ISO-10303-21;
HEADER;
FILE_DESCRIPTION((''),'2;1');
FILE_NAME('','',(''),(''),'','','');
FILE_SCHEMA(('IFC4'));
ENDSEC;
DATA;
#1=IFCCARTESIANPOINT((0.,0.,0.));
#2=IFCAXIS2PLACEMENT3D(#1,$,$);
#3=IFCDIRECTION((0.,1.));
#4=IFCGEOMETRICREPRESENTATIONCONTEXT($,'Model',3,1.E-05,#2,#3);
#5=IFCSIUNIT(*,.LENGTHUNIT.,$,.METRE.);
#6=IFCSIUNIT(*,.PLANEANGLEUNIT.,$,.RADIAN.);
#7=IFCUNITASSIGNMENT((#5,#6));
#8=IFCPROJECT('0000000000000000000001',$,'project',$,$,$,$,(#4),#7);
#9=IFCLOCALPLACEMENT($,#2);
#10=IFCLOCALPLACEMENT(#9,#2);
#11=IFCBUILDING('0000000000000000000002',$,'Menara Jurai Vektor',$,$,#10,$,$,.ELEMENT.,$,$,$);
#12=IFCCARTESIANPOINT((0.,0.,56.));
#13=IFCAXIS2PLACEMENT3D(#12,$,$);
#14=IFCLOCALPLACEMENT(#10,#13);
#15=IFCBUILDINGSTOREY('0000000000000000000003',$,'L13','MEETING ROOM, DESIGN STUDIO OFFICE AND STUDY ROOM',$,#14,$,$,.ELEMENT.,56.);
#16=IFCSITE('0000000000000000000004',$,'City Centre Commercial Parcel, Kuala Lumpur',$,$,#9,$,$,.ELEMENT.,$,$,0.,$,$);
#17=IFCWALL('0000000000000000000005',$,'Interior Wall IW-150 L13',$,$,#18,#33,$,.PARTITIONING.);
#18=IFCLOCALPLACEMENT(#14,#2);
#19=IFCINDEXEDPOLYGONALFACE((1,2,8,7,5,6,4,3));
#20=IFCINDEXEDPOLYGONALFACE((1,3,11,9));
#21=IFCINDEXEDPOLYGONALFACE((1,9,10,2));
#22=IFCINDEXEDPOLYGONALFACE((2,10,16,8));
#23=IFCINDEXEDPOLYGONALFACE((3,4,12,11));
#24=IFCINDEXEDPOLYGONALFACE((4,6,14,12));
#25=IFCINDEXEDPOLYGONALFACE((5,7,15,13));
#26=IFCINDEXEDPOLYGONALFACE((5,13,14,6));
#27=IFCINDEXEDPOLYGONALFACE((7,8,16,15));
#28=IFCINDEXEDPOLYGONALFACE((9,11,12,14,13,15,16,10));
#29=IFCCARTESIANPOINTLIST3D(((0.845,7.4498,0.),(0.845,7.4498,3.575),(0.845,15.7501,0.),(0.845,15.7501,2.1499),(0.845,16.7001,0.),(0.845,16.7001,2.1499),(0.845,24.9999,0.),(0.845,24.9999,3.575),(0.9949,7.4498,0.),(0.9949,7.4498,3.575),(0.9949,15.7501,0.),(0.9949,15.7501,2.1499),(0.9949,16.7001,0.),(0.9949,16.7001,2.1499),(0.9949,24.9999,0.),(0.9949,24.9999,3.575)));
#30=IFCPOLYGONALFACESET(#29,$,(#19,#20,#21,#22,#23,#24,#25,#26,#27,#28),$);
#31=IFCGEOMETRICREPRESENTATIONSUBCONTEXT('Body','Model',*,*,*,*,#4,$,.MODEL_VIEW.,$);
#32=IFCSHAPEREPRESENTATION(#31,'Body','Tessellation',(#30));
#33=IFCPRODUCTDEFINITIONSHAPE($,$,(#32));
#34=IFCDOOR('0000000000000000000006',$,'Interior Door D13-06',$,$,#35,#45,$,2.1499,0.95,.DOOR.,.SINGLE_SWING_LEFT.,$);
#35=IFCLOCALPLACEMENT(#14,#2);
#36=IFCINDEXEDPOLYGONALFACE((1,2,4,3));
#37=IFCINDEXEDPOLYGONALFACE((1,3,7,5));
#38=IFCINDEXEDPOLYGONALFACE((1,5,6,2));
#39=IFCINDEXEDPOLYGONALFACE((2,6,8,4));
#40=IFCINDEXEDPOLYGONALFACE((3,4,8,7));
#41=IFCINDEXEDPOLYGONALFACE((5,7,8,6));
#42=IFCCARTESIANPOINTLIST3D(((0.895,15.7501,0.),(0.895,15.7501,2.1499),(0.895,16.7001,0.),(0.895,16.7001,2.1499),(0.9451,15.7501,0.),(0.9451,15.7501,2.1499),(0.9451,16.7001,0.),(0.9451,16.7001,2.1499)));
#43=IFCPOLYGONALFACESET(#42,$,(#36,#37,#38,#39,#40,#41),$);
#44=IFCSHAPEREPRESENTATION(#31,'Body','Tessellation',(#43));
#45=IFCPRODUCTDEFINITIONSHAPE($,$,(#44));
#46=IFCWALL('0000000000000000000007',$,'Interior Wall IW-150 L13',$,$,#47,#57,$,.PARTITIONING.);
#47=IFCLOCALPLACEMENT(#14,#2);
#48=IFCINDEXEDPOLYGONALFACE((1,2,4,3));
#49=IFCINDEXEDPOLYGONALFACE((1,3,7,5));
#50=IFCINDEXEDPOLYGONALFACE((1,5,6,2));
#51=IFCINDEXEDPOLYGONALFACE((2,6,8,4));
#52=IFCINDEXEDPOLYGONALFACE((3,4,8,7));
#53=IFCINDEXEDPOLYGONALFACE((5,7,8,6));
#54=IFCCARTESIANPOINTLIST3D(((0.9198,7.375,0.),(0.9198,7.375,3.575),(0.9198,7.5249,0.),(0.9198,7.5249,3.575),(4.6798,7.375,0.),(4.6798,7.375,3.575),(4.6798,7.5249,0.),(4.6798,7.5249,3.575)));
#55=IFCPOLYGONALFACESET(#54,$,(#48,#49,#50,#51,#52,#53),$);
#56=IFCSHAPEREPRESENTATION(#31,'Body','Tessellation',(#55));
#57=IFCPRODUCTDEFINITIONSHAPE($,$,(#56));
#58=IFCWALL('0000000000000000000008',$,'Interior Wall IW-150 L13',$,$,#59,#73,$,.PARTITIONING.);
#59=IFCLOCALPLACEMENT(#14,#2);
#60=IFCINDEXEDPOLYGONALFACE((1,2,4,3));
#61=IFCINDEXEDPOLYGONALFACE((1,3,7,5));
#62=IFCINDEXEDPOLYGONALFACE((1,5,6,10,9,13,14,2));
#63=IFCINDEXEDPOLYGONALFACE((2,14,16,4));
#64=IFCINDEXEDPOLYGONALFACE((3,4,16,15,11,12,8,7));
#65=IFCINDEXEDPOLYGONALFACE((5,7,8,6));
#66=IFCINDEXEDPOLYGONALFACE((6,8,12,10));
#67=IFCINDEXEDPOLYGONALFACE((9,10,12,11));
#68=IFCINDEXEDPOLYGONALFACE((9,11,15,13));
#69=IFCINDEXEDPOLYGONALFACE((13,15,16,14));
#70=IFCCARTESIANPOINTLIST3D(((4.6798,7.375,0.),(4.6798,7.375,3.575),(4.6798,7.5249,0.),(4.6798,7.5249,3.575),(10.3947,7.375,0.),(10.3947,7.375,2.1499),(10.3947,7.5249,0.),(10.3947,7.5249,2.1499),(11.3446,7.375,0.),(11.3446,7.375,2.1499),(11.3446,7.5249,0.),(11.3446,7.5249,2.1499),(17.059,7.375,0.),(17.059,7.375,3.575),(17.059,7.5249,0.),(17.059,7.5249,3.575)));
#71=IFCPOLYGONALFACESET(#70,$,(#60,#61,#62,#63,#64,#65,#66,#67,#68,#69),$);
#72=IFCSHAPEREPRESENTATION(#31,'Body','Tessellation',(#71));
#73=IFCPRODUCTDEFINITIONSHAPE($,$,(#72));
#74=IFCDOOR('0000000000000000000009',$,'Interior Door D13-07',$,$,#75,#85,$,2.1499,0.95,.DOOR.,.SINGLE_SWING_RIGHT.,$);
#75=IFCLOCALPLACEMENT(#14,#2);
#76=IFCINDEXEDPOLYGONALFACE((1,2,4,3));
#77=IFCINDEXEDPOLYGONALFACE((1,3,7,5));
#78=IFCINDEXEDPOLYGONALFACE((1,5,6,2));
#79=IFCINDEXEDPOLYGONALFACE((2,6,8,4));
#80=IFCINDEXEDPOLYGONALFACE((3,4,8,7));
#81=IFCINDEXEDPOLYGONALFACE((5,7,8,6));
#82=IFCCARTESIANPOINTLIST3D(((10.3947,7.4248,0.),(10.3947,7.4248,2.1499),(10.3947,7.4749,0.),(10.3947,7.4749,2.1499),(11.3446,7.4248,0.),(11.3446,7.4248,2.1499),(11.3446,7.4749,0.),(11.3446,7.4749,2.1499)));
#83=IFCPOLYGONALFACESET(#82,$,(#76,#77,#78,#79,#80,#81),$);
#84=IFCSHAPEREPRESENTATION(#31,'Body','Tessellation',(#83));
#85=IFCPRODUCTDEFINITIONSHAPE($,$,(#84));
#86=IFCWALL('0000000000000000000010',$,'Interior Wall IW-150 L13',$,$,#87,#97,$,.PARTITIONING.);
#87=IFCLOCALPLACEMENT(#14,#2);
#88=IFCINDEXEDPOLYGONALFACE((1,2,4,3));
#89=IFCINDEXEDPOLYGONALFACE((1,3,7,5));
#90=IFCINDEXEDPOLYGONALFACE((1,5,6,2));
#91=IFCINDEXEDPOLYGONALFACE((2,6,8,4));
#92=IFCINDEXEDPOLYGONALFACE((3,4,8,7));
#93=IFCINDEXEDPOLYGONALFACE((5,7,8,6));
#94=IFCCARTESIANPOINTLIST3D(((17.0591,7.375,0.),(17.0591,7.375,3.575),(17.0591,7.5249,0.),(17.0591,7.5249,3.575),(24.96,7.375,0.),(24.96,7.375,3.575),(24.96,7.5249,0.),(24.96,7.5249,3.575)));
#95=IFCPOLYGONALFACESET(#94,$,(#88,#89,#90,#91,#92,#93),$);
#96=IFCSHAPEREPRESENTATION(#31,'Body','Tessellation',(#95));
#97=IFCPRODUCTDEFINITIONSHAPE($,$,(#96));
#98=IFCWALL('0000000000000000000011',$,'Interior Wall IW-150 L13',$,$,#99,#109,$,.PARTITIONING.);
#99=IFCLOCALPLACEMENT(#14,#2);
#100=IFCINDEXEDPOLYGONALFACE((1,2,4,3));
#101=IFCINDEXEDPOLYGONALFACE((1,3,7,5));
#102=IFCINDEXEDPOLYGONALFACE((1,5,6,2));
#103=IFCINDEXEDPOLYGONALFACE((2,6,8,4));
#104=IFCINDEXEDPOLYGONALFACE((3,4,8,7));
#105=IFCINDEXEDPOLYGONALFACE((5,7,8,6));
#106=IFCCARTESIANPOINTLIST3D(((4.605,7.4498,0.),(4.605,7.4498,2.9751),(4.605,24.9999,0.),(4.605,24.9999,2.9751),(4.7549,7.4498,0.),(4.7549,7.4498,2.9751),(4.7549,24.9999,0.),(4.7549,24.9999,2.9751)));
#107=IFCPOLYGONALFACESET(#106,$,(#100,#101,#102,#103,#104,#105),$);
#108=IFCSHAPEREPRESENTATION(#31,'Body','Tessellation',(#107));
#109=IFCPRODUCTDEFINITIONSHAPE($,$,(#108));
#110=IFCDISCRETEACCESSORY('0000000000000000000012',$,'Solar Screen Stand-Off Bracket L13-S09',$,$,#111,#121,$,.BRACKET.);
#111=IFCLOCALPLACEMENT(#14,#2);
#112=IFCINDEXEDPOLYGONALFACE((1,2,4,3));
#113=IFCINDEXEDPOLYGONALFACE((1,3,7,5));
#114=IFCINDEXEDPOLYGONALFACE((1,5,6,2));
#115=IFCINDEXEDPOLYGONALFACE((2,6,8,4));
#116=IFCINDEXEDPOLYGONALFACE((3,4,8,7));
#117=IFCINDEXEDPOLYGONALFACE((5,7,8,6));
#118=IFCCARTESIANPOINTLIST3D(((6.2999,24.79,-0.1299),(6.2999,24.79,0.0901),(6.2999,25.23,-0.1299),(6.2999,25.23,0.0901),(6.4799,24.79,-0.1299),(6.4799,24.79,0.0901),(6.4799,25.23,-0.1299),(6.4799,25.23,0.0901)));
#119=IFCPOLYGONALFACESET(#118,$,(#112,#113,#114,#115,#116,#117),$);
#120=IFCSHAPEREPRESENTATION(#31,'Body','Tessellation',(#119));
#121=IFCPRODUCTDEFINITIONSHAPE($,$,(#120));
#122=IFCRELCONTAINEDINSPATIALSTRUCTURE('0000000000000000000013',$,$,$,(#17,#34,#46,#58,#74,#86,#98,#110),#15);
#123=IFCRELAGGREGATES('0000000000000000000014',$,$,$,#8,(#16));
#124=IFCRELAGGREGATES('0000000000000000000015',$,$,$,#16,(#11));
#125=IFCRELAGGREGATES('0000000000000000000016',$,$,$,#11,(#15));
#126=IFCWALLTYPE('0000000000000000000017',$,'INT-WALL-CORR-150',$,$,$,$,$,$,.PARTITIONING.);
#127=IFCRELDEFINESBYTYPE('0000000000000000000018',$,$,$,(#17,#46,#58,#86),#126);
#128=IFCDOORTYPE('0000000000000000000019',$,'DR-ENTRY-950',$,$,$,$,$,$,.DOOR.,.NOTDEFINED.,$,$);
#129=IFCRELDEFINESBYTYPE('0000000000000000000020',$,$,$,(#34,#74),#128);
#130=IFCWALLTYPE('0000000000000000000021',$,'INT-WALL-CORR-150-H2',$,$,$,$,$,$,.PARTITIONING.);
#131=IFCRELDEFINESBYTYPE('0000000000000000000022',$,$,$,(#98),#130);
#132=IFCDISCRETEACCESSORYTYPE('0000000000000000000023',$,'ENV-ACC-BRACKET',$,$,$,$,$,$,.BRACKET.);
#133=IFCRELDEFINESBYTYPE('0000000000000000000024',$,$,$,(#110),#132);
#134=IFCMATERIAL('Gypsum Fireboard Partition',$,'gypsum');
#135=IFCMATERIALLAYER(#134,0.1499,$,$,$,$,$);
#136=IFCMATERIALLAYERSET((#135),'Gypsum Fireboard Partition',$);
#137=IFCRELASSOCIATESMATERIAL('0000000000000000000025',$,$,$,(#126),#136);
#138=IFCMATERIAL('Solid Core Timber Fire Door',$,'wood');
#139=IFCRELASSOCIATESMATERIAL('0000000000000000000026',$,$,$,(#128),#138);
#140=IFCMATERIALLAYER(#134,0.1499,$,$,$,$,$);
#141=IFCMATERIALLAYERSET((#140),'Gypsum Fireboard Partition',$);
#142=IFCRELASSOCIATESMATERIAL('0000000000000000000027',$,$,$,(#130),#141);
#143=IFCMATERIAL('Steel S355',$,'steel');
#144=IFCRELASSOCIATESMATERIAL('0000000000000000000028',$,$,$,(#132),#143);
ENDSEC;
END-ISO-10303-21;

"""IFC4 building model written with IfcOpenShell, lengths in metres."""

from ifc_helpers import new_model, si_unit, direction, frame, frame_2d, origin, origin_2d, place, context, subcontext, project, spatial, rectangle, extrude, material, layer, layer_set, type_object, element, fill, save


model = new_model("IFC4")

# Units and contexts
model_context = context("Model", 3, precision=1e-05, world=origin(), true_north=direction((0.0, 1.0)))
body_context = subcontext(model_context, "Body", "Model", "MODEL_VIEW")
ifc_project = project(units=[si_unit("LENGTHUNIT", "METRE"), si_unit("PLANEANGLEUNIT", "RADIAN")], contexts=[model_context])

# Site, building, storey
site_placement = place(None, origin())
site = spatial("IfcSite", under=ifc_project, at=site_placement, Name="City Centre Commercial Parcel, Kuala Lumpur", CompositionType="ELEMENT", RefElevation=0.0)
building_placement = place(site_placement, origin())
building = spatial("IfcBuilding", under=site, at=building_placement, Name="Menara Jurai Vektor", CompositionType="ELEMENT")
storey_placement = place(building_placement, frame((0.0, 0.0, 56.0)))
storey = spatial("IfcBuildingStorey", under=building, at=storey_placement, Name="L13", Description="MEETING ROOM, DESIGN STUDIO OFFICE AND STUDY ROOM", CompositionType="ELEMENT", Elevation=56.0)

# Shared definitions
ifc_material_1 = material(Name="Steel S355", Category="steel")

# Wall, opening, door
ifc_material_2 = material(Name="Gypsum Fireboard Partition", Category="gypsum")
ifc_layer_1 = layer(ifc_material_2, 0.1499)
ifc_layer_set_1 = layer_set([ifc_layer_1], Name="Gypsum Fireboard Partition")
wall_type_1 = type_object("IfcWallType", Name="INT-WALL-CORR-150", PredefinedType="PARTITIONING", material=ifc_layer_set_1)
wall_1_placement = place(storey_placement, frame((0.9199, 7.45, 0.0), z_axis=(0.0, 0.0, 1.0), x_axis=(0.0, 1.0, 0.0)))
wall_1 = element("IfcWall", 1, at=wall_1_placement, inside=storey, type_object=wall_type_1, Name="Interior Wall IW-150 L13", PredefinedType="PARTITIONING", context=body_context, shape_type="SweptSolid", body=[
    extrude(rectangle(XDim=17.55, YDim=0.1499, at=frame_2d((8.7749, 0.0))), origin(), (0.0, 0.0, 1.0), 3.575),
])
opening_1_placement = place(wall_1_placement, frame((8.3, 0.0, 0.0)))
opening_1 = element("IfcOpeningElement", 2, at=opening_1_placement, cuts=wall_1, PredefinedType="OPENING", context=body_context, shape_type="SweptSolid", body=[
    extrude(rectangle(XDim=0.95, YDim=2.1499, at=frame_2d((0.4751, 1.075))), frame((0.0, 0.085, 0.0), z_axis=(0.0, -1.0, 0.0), x_axis=(1.0, 0.0, 0.0)), (0.0, 0.0, 1.0), 0.1699),
])
ifc_material_3 = material(Name="Solid Core Timber Fire Door", Category="wood")
door_type = type_object("IfcDoorType", Name="DR-ENTRY-950", OperationType="NOTDEFINED", PredefinedType="DOOR", material=ifc_material_3)
door_1_placement = place(opening_1_placement, origin())
door_1 = element("IfcDoor", 3, at=door_1_placement, inside=storey, type_object=door_type, Name="Interior Door D13-06", OperationType="SINGLE_SWING_LEFT", OverallHeight=2.1499, OverallWidth=0.95, PredefinedType="DOOR", context=body_context, shape_type="SweptSolid", body=[
    extrude(rectangle(XDim=0.95, YDim=2.1499, at=frame_2d((0.4751, 1.075))), frame((0.0, 0.0249, 0.0), z_axis=(0.0, -1.0, 0.0), x_axis=(1.0, 0.0, 0.0)), (0.0, 0.0, 1.0), 0.05),
])
fill(opening_1, door_1)

# Wall
wall_2_placement = place(storey_placement, frame((0.9199, 7.45, 0.0), z_axis=(0.0, 0.0, 1.0), x_axis=(1.0, 0.0, 0.0)))
element("IfcWall", 4, at=wall_2_placement, inside=storey, type_object=wall_type_1, Name="Interior Wall IW-150 L13", PredefinedType="PARTITIONING", context=body_context, shape_type="SweptSolid", body=[
    extrude(rectangle(XDim=3.76, YDim=0.1499, at=frame_2d((1.8799, 0.0))), origin(), (0.0, 0.0, 1.0), 3.575),
])

# Wall, opening, door
wall_3_placement = place(storey_placement, frame((4.6799, 7.45, 0.0), z_axis=(0.0, 0.0, 1.0), x_axis=(1.0, 0.0, 0.0)))
wall_3 = element("IfcWall", 5, at=wall_3_placement, inside=storey, type_object=wall_type_1, Name="Interior Wall IW-150 L13", PredefinedType="PARTITIONING", context=body_context, shape_type="SweptSolid", body=[
    extrude(rectangle(XDim=12.3792, YDim=0.1499, at=frame_2d((6.1895, 0.0))), origin(), (0.0, 0.0, 1.0), 3.575),
])
opening_2_placement = place(wall_3_placement, frame((5.7146, 0.0, 0.0)))
opening_2 = element("IfcOpeningElement", 6, at=opening_2_placement, cuts=wall_3, PredefinedType="OPENING", context=body_context, shape_type="SweptSolid", body=[
    extrude(rectangle(XDim=0.95, YDim=2.1499, at=frame_2d((0.4751, 1.075))), frame((0.0, 0.085, 0.0), z_axis=(0.0, -1.0, 0.0), x_axis=(1.0, 0.0, 0.0)), (0.0, 0.0, 1.0), 0.1699),
])
door_2_placement = place(opening_2_placement, origin())
door_2 = element("IfcDoor", 7, at=door_2_placement, inside=storey, type_object=door_type, Name="Interior Door D13-07", OperationType="SINGLE_SWING_RIGHT", OverallHeight=2.1499, OverallWidth=0.95, PredefinedType="DOOR", context=body_context, shape_type="SweptSolid", body=[
    extrude(rectangle(XDim=0.95, YDim=2.1499, at=frame_2d((0.4751, 1.075))), frame((0.0, 0.0249, 0.0), z_axis=(0.0, -1.0, 0.0), x_axis=(1.0, 0.0, 0.0)), (0.0, 0.0, 1.0), 0.05),
])
fill(opening_2, door_2)

# Walls
wall_4_placement = place(storey_placement, frame((17.0591, 7.45, 0.0), z_axis=(0.0, 0.0, 1.0), x_axis=(1.0, 0.0, 0.0)))
element("IfcWall", 8, at=wall_4_placement, inside=storey, type_object=wall_type_1, Name="Interior Wall IW-150 L13", PredefinedType="PARTITIONING", context=body_context, shape_type="SweptSolid", body=[
    extrude(rectangle(XDim=7.9009, YDim=0.1499, at=frame_2d((3.9504, 0.0))), origin(), (0.0, 0.0, 1.0), 3.575),
])
ifc_layer_2 = layer(ifc_material_2, 0.1499)
ifc_layer_set_2 = layer_set([ifc_layer_2], Name="Gypsum Fireboard Partition")
wall_type_2 = type_object("IfcWallType", Name="INT-WALL-CORR-150-H2", PredefinedType="PARTITIONING", material=ifc_layer_set_2)
wall_5_placement = place(storey_placement, frame((4.6799, 7.45, 0.0), z_axis=(0.0, 0.0, 1.0), x_axis=(0.0, 1.0, 0.0)))
element("IfcWall", 9, at=wall_5_placement, inside=storey, type_object=wall_type_2, Name="Interior Wall IW-150 L13", PredefinedType="PARTITIONING", context=body_context, shape_type="SweptSolid", body=[
    extrude(rectangle(XDim=17.55, YDim=0.1499, at=frame_2d((8.7749, 0.0))), origin(), (0.0, 0.0, 1.0), 2.9751),
])

# Discrete accessory
discrete_accessory_type = type_object("IfcDiscreteAccessoryType", Name="ENV-ACC-BRACKET", PredefinedType="BRACKET", material=ifc_material_1)
discrete_accessory_placement = place(storey_placement, frame((6.3899, 25.01, -0.1299), z_axis=(0.0, 0.0, 1.0), x_axis=(-1.0, 0.0, 0.0)))
element("IfcDiscreteAccessory", 10, at=discrete_accessory_placement, inside=storey, type_object=discrete_accessory_type, Name="Solar Screen Stand-Off Bracket L13-S09", PredefinedType="BRACKET", context=body_context, shape_type="SweptSolid", body=[
    extrude(rectangle(XDim=0.1799, YDim=0.4399, at=origin_2d()), origin(), (0.0, 0.0, 1.0), 0.22),
])

save(model, "model.ifc")
